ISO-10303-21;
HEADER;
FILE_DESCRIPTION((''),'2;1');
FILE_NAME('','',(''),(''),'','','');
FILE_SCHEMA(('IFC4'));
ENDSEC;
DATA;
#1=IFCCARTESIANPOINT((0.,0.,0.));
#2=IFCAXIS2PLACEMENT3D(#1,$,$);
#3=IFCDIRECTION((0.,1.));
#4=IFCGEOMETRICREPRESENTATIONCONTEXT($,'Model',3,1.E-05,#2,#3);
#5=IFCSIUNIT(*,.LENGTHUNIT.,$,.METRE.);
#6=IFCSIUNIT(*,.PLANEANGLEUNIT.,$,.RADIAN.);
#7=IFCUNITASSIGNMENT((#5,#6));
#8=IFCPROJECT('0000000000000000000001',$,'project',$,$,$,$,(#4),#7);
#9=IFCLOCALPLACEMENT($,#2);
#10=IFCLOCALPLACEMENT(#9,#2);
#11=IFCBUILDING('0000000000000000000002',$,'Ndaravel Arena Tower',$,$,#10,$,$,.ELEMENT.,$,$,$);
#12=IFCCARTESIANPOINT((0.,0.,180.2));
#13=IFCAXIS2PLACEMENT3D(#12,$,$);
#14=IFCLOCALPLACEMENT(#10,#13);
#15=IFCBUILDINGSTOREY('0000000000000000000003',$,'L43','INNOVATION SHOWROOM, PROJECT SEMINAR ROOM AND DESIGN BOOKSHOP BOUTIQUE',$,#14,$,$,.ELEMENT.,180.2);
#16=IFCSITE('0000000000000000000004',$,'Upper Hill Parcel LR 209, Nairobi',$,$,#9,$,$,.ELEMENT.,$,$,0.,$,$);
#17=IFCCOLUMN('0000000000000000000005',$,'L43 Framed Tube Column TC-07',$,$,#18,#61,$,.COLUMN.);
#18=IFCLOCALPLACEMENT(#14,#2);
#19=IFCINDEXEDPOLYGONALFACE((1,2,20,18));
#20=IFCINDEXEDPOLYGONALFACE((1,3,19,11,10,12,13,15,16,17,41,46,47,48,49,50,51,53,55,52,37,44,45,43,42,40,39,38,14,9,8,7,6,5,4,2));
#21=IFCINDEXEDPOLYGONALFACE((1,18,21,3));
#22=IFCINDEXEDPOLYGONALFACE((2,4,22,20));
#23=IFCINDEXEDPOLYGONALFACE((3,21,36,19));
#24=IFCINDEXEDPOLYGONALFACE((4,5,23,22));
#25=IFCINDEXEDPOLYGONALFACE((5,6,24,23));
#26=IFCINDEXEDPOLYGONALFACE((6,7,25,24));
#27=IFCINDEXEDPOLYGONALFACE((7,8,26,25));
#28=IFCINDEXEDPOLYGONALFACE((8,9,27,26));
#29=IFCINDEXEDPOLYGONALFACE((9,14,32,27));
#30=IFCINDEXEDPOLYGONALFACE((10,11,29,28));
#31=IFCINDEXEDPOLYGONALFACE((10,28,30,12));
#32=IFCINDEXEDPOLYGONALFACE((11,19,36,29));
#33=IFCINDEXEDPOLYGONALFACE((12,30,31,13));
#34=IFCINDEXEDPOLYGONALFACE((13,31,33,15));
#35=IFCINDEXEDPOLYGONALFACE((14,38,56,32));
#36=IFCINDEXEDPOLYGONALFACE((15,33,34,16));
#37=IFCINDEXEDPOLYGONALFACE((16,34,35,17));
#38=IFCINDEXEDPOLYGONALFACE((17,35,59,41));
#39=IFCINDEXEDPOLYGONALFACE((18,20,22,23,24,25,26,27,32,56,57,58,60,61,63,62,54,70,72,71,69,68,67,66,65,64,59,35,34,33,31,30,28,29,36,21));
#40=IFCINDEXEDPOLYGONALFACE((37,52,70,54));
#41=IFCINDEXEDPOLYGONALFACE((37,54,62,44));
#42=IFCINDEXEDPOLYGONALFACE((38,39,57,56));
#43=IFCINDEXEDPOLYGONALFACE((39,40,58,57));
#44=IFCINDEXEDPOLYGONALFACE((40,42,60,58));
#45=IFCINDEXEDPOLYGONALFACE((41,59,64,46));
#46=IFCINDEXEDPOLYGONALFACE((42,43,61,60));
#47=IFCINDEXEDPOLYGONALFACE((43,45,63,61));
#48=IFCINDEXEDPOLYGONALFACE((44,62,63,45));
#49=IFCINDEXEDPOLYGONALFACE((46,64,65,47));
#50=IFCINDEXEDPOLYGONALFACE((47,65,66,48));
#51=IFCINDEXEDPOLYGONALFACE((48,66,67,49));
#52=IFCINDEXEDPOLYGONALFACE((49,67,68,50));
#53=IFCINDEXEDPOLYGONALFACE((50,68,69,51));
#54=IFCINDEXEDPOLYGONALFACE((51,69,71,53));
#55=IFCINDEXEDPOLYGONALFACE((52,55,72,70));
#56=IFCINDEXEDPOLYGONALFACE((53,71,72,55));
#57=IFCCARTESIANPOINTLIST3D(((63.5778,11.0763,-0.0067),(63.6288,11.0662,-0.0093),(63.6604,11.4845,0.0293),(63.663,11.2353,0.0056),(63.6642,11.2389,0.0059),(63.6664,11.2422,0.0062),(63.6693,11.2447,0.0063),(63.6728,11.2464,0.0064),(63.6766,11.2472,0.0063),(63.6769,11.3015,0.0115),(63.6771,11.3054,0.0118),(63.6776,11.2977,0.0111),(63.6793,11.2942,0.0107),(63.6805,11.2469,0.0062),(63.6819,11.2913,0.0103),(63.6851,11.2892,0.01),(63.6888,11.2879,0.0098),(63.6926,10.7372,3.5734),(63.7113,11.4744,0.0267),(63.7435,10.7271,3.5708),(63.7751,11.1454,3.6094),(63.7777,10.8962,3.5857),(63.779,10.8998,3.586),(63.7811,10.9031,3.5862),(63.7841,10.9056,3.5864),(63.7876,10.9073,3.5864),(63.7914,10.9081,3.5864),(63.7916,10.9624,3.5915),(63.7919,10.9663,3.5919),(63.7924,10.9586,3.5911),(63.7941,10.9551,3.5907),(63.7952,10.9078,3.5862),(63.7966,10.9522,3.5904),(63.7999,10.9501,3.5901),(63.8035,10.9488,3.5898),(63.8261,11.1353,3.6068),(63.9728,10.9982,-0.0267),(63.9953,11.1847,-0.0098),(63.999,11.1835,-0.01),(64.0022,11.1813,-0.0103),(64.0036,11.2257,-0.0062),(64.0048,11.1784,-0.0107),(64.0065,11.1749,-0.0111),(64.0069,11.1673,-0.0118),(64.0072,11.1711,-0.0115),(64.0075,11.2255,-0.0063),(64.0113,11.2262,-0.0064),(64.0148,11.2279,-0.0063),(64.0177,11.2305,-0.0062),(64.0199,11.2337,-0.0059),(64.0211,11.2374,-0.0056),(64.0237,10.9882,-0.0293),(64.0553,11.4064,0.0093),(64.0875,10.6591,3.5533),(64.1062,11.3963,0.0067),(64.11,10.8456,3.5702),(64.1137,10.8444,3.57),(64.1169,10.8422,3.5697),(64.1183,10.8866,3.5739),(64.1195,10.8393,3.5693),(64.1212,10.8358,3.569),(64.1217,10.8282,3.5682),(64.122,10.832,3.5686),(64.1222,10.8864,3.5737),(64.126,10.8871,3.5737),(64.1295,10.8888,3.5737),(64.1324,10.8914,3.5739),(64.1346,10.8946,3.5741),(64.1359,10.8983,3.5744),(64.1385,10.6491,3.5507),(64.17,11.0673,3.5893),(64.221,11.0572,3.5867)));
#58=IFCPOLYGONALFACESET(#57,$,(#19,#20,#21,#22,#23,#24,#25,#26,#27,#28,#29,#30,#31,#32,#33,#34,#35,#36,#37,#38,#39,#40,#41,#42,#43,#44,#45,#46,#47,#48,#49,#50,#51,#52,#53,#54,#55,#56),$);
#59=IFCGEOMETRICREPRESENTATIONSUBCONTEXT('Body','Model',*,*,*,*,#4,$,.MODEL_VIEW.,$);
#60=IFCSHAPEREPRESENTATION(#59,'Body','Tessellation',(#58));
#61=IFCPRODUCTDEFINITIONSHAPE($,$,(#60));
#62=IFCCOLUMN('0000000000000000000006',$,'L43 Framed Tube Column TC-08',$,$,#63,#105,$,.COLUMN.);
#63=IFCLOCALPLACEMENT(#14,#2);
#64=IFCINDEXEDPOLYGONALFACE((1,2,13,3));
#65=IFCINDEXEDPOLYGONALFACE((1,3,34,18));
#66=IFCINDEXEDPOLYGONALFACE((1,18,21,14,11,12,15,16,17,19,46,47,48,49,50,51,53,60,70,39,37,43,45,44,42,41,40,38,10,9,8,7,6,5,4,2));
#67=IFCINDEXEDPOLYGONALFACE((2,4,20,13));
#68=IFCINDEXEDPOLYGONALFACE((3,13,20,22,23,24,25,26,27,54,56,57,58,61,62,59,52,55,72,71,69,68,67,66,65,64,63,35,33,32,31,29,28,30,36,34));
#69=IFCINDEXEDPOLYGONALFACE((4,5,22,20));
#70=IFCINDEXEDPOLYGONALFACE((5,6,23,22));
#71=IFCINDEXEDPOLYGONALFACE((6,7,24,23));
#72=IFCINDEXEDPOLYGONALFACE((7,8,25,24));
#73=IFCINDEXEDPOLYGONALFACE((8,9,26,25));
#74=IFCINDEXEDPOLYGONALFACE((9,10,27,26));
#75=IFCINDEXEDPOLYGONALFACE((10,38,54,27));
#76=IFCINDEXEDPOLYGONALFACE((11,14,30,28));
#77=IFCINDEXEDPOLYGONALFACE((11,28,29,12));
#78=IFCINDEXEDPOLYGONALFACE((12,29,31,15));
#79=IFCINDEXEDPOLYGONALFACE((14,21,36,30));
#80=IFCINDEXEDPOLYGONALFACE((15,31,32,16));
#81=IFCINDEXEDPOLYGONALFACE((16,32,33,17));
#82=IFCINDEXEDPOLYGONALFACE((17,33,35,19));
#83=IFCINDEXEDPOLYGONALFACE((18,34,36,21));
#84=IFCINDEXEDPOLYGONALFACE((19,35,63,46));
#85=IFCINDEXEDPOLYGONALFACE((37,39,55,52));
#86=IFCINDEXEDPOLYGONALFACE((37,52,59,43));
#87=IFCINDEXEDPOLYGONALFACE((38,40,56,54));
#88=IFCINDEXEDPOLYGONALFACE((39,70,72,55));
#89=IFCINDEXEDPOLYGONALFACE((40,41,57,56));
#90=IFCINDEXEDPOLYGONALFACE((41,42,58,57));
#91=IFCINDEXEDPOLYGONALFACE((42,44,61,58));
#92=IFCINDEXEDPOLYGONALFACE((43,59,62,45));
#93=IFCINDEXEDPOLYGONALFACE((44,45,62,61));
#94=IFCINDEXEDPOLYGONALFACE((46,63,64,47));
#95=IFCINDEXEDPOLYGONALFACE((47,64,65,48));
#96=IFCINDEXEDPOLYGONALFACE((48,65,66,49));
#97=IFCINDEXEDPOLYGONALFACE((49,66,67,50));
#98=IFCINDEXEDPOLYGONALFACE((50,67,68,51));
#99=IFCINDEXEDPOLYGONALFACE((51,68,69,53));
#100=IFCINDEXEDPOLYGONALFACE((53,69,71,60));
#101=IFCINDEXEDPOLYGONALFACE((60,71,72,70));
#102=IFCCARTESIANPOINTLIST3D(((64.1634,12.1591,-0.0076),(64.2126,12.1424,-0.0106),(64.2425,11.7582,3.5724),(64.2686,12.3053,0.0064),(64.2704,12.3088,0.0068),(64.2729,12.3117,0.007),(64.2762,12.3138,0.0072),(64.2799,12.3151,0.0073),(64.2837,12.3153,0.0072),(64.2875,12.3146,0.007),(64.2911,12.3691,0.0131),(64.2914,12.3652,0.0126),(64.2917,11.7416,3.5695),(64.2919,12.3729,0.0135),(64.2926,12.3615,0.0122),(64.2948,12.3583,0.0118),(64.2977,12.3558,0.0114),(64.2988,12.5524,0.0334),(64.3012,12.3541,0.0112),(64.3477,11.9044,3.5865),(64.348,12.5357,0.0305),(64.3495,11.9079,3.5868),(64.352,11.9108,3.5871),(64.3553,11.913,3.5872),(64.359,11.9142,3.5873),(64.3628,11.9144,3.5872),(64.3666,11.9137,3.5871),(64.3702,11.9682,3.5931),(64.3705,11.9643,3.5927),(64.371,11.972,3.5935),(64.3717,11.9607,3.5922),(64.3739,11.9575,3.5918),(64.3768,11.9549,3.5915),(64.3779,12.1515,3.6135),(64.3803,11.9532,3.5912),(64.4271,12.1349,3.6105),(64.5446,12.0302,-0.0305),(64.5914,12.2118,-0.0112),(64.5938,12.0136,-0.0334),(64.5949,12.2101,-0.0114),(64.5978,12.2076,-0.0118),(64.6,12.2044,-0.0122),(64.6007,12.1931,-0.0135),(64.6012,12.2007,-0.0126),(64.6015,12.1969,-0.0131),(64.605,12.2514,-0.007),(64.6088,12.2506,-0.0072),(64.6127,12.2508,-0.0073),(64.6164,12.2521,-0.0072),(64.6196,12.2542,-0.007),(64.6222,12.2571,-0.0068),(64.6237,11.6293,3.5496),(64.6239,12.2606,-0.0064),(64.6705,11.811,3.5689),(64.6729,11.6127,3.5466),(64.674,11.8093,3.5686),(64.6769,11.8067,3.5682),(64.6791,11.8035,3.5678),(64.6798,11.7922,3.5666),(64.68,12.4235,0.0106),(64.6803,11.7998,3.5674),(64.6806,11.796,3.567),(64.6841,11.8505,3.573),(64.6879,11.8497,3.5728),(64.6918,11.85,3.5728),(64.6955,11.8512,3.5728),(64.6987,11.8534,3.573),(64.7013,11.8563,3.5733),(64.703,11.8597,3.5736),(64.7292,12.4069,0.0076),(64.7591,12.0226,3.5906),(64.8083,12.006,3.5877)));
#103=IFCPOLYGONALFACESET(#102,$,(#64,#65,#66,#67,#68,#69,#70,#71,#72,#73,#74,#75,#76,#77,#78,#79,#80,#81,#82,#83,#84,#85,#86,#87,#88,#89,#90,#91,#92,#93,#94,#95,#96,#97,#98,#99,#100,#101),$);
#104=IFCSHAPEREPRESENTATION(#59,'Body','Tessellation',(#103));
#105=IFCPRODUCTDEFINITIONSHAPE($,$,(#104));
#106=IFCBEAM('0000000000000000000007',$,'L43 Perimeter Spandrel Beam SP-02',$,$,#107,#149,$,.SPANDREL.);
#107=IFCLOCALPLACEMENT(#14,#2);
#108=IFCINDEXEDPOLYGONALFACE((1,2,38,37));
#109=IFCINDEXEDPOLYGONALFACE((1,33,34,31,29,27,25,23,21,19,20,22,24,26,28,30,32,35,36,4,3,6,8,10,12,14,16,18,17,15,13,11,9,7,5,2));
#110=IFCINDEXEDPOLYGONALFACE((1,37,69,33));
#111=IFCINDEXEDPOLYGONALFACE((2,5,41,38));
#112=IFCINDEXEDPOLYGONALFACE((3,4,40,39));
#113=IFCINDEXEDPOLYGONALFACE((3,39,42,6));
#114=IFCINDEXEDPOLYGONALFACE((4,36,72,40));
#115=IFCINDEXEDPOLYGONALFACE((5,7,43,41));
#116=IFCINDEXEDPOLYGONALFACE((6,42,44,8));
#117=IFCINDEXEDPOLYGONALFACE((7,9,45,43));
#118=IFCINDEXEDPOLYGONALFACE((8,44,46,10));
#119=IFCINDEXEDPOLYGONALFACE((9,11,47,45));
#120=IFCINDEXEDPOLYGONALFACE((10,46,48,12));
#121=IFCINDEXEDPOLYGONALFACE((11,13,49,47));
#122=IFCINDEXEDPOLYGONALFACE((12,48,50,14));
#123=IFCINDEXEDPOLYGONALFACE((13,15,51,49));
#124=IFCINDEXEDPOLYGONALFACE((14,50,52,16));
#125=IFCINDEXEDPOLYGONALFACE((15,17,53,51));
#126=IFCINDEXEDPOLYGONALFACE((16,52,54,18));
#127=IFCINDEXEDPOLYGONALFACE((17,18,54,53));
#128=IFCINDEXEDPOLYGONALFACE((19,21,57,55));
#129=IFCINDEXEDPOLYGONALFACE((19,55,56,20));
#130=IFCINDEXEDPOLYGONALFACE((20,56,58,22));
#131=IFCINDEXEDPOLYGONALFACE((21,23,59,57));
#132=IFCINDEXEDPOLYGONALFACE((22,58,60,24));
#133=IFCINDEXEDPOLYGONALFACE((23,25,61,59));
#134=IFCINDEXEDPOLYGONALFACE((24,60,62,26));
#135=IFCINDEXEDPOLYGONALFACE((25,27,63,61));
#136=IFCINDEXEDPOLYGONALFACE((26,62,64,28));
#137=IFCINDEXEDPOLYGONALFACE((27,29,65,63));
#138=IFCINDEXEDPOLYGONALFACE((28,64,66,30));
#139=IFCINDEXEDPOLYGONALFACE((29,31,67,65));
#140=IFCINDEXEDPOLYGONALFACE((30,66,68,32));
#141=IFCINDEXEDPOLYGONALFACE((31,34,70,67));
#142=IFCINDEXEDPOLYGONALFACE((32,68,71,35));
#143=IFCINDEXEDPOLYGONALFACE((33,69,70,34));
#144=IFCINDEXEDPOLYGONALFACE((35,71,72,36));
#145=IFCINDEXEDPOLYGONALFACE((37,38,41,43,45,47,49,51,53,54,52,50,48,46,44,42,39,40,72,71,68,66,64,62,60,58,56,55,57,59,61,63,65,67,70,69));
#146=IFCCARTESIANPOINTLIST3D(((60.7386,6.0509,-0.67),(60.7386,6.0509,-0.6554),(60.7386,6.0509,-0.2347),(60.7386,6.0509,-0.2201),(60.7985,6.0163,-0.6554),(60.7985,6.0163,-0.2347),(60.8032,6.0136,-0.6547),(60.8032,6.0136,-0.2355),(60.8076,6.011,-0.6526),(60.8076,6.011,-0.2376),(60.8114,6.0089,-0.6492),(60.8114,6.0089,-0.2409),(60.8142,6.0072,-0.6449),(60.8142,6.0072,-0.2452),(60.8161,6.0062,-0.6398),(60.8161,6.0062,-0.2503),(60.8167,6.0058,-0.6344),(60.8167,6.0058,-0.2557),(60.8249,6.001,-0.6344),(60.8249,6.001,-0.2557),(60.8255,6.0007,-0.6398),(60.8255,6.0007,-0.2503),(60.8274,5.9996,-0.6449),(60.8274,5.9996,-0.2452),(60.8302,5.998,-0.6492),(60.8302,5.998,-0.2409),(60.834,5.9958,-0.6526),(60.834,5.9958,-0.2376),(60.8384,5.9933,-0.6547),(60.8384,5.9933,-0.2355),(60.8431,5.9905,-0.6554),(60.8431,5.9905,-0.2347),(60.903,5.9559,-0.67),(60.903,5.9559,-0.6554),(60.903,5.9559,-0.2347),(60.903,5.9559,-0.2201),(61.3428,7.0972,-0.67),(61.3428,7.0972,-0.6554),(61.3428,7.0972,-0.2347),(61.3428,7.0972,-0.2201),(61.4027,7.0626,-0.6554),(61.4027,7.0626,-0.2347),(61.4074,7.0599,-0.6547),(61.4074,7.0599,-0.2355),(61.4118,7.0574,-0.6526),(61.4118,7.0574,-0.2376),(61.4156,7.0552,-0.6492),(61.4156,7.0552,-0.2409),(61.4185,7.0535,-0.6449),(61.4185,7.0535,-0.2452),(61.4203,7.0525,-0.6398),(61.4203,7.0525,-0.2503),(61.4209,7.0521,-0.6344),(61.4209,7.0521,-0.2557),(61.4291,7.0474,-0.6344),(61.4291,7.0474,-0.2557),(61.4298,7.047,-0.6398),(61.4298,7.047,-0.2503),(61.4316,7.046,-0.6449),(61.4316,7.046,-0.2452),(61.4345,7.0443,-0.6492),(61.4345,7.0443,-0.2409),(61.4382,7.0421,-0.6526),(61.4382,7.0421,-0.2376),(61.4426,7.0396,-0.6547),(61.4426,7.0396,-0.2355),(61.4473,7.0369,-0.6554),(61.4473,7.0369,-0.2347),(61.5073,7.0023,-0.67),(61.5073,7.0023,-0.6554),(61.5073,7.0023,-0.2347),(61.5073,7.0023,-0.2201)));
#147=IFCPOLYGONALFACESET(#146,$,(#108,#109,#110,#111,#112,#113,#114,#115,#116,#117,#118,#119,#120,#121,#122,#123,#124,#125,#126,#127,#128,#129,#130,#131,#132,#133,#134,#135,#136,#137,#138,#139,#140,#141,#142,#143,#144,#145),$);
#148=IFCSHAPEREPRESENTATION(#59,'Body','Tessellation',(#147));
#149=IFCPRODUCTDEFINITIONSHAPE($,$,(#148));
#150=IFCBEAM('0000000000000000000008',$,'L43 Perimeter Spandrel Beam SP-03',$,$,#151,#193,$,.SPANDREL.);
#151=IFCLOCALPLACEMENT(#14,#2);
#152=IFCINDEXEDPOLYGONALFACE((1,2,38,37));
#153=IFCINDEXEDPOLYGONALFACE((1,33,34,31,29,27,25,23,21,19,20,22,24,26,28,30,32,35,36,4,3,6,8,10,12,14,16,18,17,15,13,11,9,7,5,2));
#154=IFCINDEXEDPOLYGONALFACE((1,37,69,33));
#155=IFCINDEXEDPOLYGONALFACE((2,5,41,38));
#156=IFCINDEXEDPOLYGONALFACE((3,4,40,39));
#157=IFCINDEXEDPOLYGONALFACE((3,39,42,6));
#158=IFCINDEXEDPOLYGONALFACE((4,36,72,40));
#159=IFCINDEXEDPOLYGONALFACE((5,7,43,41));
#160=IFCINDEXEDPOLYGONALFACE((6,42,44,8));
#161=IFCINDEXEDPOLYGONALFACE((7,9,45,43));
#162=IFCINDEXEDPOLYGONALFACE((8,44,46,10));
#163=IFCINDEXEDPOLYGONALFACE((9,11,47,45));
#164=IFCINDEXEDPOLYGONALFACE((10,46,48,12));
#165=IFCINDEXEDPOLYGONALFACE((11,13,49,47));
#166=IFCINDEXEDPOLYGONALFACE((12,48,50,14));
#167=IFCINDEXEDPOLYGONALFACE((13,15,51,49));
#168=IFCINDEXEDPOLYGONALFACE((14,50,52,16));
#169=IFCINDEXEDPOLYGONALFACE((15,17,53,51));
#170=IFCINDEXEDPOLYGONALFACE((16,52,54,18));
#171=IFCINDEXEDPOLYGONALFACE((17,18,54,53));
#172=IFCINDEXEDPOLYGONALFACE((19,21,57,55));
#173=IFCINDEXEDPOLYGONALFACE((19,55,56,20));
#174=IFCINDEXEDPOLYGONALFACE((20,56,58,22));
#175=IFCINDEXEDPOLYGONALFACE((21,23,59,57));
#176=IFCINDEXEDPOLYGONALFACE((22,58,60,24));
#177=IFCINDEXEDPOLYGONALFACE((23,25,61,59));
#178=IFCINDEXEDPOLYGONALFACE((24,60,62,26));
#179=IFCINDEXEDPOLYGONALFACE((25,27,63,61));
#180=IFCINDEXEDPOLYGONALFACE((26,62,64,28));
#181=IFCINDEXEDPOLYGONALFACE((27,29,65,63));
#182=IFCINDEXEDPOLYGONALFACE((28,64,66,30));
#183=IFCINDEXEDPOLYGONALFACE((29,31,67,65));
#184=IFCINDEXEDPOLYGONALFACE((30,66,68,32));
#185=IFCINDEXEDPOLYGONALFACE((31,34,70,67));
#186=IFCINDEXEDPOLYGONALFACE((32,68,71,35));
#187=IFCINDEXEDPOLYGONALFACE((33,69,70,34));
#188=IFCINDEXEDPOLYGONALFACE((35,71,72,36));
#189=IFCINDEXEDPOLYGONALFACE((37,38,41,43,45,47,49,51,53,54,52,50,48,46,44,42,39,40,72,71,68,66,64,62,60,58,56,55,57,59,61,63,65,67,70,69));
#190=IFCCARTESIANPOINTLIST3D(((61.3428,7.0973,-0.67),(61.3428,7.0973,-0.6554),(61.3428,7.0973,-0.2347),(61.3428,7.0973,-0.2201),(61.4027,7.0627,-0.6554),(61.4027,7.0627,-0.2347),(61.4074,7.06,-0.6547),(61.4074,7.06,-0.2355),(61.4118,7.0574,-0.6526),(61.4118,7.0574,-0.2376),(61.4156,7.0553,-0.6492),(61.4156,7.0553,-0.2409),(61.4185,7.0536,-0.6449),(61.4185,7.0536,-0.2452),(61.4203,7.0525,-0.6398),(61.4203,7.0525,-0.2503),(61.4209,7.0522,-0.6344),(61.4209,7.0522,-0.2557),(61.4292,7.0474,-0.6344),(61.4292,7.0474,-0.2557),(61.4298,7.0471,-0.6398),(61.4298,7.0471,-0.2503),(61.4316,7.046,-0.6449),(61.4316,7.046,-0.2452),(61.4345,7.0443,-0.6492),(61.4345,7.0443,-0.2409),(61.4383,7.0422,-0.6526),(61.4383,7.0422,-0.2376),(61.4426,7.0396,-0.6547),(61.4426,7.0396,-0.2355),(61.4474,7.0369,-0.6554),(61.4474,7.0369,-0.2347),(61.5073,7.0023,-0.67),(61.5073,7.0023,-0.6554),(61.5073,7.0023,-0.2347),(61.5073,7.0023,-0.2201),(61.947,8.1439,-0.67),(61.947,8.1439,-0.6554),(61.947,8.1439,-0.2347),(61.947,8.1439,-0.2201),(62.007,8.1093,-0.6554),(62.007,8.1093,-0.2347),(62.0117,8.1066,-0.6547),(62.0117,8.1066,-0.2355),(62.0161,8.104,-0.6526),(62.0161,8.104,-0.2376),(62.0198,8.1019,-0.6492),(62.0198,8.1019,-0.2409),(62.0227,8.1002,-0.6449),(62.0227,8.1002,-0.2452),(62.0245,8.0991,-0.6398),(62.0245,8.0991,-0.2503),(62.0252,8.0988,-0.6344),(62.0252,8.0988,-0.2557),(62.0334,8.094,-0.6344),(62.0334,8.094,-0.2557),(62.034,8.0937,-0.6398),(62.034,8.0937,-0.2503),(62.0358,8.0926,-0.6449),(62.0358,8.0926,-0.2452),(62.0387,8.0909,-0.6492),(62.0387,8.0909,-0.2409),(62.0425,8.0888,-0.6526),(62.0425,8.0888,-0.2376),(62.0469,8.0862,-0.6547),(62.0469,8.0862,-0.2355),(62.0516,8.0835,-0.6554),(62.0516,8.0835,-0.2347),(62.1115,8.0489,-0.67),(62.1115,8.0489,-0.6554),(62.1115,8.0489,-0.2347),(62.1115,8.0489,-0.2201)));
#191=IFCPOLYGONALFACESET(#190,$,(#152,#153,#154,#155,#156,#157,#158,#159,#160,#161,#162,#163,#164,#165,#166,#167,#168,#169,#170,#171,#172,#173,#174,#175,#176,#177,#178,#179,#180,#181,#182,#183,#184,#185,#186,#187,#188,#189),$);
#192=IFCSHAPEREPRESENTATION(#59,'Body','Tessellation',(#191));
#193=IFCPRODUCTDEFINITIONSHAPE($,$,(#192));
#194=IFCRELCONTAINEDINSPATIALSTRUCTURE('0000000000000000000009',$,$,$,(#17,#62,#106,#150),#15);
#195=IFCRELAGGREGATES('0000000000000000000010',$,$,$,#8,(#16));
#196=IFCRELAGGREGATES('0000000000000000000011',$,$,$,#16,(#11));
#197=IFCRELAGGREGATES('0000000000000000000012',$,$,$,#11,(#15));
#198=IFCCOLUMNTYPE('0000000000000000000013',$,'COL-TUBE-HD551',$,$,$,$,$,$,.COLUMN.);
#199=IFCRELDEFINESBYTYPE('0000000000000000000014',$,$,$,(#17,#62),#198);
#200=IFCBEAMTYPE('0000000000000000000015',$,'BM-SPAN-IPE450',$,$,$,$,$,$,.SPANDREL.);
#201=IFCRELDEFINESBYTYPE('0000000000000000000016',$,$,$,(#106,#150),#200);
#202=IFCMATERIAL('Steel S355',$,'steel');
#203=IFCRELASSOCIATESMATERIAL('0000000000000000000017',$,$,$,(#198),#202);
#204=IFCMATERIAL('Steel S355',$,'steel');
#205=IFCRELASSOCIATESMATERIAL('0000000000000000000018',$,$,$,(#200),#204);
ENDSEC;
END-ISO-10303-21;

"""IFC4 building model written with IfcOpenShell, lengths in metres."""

from ifc_helpers import new_model, si_unit, direction, frame, origin, origin_2d, place, context, subcontext, project, spatial, i_section, extrude, material, material_profile, profile_set, type_object, element, save


model = new_model("IFC4")

# Units and contexts
model_context = context("Model", 3, precision=1e-05, world=origin(), true_north=direction((0.0, 1.0)))
body_context = subcontext(model_context, "Body", "Model", "MODEL_VIEW")
ifc_project = project(units=[si_unit("LENGTHUNIT", "METRE"), si_unit("PLANEANGLEUNIT", "RADIAN")], contexts=[model_context])

# Site, building, storey
site_placement = place(None, origin())
site = spatial("IfcSite", under=ifc_project, at=site_placement, Name="Upper Hill Parcel LR 209, Nairobi", CompositionType="ELEMENT", RefElevation=0.0)
building_placement = place(site_placement, origin())
building = spatial("IfcBuilding", under=site, at=building_placement, Name="Ndaravel Arena Tower", CompositionType="ELEMENT")
storey_placement = place(building_placement, frame((0.0, 0.0, 180.2)))
storey = spatial("IfcBuildingStorey", under=building, at=storey_placement, Name="L43", Description="INNOVATION SHOWROOM, PROJECT SEMINAR ROOM AND DESIGN BOOKSHOP BOUTIQUE", CompositionType="ELEMENT", Elevation=180.2)

# Columns
ifc_material_1 = material(Name="Steel S355", Category="steel")
ifc_material_profile_1 = material_profile(ifc_material_1, i_section(OverallWidth=0.418, OverallDepth=0.4551, WebThickness=0.042, FlangeThickness=0.052, FilletRadius=0.0149, at=origin_2d()), Name="HD 400x551")
ifc_profile_set_1 = profile_set([ifc_material_profile_1], Name="Steel S355")
column_type = type_object("IfcColumnType", Name="COL-TUBE-HD551", PredefinedType="COLUMN", material=ifc_profile_set_1)
column_1_placement = place(storey_placement, frame((63.842, 11.2363, 0.0), z_axis=(0.031892, -0.094252, 0.995037), x_axis=(0.197419, 0.976525, 0.086171)))
element("IfcColumn", 1, at=column_1_placement, inside=storey, type_object=column_type, Name="L43 Framed Tube Column TC-07", PredefinedType="COLUMN", context=body_context, shape_type="SweptSolid", body=[
    extrude(i_section(OverallWidth=0.418, OverallDepth=0.4551, WebThickness=0.042, FlangeThickness=0.052, FilletRadius=0.0149, at=origin_2d()), origin(), (0.0, 0.0, 1.0), 3.5979),
])
column_2_placement = place(storey_placement, frame((64.4463, 12.283, 0.0), z_axis=(0.021952, -0.111253, 0.99355), x_axis=(0.323971, 0.940956, 0.098205)))
element("IfcColumn", 2, at=column_2_placement, inside=storey, type_object=column_type, Name="L43 Framed Tube Column TC-08", PredefinedType="COLUMN", context=body_context, shape_type="SweptSolid", body=[
    extrude(i_section(OverallWidth=0.418, OverallDepth=0.4551, WebThickness=0.042, FlangeThickness=0.052, FilletRadius=0.0149, at=origin_2d()), origin(), (0.0, 0.0, 1.0), 3.6033),
])

# Beams
ifc_material_2 = material(Name="Steel S355", Category="steel")
ifc_material_profile_2 = material_profile(ifc_material_2, i_section(OverallWidth=0.1899, OverallDepth=0.45, WebThickness=0.0095, FlangeThickness=0.0146, FilletRadius=0.021, at=origin_2d()), Name="IPE 450")
ifc_profile_set_2 = profile_set([ifc_material_profile_2], Name="Steel S355")
beam_type = type_object("IfcBeamType", Name="BM-SPAN-IPE450", PredefinedType="SPANDREL", material=ifc_profile_set_2)
beam_placement = place(storey_placement, frame((60.8208, 6.0034, -0.4451), z_axis=(0.500072, 0.865984, 0.0), x_axis=(-0.865984, 0.500072, 0.0)))
element("IfcBeam", 3, at=beam_placement, inside=storey, type_object=beam_type, Name="L43 Perimeter Spandrel Beam SP-02", PredefinedType="SPANDREL", context=body_context, shape_type="SweptSolid", body=[
    extrude(i_section(OverallWidth=0.1899, OverallDepth=0.45, WebThickness=0.0095, FlangeThickness=0.0146, FilletRadius=0.021, at=origin_2d()), origin(), (0.0, 0.0, 1.0), 1.2083),
])
for number, where, z_axis, x_axis, name in (
    (4, (61.425, 7.0498, -0.4451), (0.499985, 0.866034, 0.0), (-0.866034, 0.499985, 0.0), "L43 Perimeter Spandrel Beam SP-03"),
):
    element("IfcBeam", number, at=place(storey_placement, frame(where, z_axis=z_axis, x_axis=x_axis)), inside=storey, type_object=beam_type, Name=name, PredefinedType="SPANDREL", context=body_context, shape_type="SweptSolid", body=[
        extrude(i_section(OverallWidth=0.1899, OverallDepth=0.45, WebThickness=0.0095, FlangeThickness=0.0146, FilletRadius=0.021, at=origin_2d()), origin(), (0.0, 0.0, 1.0), 1.2085),
    ])

save(model, "model.ifc")
